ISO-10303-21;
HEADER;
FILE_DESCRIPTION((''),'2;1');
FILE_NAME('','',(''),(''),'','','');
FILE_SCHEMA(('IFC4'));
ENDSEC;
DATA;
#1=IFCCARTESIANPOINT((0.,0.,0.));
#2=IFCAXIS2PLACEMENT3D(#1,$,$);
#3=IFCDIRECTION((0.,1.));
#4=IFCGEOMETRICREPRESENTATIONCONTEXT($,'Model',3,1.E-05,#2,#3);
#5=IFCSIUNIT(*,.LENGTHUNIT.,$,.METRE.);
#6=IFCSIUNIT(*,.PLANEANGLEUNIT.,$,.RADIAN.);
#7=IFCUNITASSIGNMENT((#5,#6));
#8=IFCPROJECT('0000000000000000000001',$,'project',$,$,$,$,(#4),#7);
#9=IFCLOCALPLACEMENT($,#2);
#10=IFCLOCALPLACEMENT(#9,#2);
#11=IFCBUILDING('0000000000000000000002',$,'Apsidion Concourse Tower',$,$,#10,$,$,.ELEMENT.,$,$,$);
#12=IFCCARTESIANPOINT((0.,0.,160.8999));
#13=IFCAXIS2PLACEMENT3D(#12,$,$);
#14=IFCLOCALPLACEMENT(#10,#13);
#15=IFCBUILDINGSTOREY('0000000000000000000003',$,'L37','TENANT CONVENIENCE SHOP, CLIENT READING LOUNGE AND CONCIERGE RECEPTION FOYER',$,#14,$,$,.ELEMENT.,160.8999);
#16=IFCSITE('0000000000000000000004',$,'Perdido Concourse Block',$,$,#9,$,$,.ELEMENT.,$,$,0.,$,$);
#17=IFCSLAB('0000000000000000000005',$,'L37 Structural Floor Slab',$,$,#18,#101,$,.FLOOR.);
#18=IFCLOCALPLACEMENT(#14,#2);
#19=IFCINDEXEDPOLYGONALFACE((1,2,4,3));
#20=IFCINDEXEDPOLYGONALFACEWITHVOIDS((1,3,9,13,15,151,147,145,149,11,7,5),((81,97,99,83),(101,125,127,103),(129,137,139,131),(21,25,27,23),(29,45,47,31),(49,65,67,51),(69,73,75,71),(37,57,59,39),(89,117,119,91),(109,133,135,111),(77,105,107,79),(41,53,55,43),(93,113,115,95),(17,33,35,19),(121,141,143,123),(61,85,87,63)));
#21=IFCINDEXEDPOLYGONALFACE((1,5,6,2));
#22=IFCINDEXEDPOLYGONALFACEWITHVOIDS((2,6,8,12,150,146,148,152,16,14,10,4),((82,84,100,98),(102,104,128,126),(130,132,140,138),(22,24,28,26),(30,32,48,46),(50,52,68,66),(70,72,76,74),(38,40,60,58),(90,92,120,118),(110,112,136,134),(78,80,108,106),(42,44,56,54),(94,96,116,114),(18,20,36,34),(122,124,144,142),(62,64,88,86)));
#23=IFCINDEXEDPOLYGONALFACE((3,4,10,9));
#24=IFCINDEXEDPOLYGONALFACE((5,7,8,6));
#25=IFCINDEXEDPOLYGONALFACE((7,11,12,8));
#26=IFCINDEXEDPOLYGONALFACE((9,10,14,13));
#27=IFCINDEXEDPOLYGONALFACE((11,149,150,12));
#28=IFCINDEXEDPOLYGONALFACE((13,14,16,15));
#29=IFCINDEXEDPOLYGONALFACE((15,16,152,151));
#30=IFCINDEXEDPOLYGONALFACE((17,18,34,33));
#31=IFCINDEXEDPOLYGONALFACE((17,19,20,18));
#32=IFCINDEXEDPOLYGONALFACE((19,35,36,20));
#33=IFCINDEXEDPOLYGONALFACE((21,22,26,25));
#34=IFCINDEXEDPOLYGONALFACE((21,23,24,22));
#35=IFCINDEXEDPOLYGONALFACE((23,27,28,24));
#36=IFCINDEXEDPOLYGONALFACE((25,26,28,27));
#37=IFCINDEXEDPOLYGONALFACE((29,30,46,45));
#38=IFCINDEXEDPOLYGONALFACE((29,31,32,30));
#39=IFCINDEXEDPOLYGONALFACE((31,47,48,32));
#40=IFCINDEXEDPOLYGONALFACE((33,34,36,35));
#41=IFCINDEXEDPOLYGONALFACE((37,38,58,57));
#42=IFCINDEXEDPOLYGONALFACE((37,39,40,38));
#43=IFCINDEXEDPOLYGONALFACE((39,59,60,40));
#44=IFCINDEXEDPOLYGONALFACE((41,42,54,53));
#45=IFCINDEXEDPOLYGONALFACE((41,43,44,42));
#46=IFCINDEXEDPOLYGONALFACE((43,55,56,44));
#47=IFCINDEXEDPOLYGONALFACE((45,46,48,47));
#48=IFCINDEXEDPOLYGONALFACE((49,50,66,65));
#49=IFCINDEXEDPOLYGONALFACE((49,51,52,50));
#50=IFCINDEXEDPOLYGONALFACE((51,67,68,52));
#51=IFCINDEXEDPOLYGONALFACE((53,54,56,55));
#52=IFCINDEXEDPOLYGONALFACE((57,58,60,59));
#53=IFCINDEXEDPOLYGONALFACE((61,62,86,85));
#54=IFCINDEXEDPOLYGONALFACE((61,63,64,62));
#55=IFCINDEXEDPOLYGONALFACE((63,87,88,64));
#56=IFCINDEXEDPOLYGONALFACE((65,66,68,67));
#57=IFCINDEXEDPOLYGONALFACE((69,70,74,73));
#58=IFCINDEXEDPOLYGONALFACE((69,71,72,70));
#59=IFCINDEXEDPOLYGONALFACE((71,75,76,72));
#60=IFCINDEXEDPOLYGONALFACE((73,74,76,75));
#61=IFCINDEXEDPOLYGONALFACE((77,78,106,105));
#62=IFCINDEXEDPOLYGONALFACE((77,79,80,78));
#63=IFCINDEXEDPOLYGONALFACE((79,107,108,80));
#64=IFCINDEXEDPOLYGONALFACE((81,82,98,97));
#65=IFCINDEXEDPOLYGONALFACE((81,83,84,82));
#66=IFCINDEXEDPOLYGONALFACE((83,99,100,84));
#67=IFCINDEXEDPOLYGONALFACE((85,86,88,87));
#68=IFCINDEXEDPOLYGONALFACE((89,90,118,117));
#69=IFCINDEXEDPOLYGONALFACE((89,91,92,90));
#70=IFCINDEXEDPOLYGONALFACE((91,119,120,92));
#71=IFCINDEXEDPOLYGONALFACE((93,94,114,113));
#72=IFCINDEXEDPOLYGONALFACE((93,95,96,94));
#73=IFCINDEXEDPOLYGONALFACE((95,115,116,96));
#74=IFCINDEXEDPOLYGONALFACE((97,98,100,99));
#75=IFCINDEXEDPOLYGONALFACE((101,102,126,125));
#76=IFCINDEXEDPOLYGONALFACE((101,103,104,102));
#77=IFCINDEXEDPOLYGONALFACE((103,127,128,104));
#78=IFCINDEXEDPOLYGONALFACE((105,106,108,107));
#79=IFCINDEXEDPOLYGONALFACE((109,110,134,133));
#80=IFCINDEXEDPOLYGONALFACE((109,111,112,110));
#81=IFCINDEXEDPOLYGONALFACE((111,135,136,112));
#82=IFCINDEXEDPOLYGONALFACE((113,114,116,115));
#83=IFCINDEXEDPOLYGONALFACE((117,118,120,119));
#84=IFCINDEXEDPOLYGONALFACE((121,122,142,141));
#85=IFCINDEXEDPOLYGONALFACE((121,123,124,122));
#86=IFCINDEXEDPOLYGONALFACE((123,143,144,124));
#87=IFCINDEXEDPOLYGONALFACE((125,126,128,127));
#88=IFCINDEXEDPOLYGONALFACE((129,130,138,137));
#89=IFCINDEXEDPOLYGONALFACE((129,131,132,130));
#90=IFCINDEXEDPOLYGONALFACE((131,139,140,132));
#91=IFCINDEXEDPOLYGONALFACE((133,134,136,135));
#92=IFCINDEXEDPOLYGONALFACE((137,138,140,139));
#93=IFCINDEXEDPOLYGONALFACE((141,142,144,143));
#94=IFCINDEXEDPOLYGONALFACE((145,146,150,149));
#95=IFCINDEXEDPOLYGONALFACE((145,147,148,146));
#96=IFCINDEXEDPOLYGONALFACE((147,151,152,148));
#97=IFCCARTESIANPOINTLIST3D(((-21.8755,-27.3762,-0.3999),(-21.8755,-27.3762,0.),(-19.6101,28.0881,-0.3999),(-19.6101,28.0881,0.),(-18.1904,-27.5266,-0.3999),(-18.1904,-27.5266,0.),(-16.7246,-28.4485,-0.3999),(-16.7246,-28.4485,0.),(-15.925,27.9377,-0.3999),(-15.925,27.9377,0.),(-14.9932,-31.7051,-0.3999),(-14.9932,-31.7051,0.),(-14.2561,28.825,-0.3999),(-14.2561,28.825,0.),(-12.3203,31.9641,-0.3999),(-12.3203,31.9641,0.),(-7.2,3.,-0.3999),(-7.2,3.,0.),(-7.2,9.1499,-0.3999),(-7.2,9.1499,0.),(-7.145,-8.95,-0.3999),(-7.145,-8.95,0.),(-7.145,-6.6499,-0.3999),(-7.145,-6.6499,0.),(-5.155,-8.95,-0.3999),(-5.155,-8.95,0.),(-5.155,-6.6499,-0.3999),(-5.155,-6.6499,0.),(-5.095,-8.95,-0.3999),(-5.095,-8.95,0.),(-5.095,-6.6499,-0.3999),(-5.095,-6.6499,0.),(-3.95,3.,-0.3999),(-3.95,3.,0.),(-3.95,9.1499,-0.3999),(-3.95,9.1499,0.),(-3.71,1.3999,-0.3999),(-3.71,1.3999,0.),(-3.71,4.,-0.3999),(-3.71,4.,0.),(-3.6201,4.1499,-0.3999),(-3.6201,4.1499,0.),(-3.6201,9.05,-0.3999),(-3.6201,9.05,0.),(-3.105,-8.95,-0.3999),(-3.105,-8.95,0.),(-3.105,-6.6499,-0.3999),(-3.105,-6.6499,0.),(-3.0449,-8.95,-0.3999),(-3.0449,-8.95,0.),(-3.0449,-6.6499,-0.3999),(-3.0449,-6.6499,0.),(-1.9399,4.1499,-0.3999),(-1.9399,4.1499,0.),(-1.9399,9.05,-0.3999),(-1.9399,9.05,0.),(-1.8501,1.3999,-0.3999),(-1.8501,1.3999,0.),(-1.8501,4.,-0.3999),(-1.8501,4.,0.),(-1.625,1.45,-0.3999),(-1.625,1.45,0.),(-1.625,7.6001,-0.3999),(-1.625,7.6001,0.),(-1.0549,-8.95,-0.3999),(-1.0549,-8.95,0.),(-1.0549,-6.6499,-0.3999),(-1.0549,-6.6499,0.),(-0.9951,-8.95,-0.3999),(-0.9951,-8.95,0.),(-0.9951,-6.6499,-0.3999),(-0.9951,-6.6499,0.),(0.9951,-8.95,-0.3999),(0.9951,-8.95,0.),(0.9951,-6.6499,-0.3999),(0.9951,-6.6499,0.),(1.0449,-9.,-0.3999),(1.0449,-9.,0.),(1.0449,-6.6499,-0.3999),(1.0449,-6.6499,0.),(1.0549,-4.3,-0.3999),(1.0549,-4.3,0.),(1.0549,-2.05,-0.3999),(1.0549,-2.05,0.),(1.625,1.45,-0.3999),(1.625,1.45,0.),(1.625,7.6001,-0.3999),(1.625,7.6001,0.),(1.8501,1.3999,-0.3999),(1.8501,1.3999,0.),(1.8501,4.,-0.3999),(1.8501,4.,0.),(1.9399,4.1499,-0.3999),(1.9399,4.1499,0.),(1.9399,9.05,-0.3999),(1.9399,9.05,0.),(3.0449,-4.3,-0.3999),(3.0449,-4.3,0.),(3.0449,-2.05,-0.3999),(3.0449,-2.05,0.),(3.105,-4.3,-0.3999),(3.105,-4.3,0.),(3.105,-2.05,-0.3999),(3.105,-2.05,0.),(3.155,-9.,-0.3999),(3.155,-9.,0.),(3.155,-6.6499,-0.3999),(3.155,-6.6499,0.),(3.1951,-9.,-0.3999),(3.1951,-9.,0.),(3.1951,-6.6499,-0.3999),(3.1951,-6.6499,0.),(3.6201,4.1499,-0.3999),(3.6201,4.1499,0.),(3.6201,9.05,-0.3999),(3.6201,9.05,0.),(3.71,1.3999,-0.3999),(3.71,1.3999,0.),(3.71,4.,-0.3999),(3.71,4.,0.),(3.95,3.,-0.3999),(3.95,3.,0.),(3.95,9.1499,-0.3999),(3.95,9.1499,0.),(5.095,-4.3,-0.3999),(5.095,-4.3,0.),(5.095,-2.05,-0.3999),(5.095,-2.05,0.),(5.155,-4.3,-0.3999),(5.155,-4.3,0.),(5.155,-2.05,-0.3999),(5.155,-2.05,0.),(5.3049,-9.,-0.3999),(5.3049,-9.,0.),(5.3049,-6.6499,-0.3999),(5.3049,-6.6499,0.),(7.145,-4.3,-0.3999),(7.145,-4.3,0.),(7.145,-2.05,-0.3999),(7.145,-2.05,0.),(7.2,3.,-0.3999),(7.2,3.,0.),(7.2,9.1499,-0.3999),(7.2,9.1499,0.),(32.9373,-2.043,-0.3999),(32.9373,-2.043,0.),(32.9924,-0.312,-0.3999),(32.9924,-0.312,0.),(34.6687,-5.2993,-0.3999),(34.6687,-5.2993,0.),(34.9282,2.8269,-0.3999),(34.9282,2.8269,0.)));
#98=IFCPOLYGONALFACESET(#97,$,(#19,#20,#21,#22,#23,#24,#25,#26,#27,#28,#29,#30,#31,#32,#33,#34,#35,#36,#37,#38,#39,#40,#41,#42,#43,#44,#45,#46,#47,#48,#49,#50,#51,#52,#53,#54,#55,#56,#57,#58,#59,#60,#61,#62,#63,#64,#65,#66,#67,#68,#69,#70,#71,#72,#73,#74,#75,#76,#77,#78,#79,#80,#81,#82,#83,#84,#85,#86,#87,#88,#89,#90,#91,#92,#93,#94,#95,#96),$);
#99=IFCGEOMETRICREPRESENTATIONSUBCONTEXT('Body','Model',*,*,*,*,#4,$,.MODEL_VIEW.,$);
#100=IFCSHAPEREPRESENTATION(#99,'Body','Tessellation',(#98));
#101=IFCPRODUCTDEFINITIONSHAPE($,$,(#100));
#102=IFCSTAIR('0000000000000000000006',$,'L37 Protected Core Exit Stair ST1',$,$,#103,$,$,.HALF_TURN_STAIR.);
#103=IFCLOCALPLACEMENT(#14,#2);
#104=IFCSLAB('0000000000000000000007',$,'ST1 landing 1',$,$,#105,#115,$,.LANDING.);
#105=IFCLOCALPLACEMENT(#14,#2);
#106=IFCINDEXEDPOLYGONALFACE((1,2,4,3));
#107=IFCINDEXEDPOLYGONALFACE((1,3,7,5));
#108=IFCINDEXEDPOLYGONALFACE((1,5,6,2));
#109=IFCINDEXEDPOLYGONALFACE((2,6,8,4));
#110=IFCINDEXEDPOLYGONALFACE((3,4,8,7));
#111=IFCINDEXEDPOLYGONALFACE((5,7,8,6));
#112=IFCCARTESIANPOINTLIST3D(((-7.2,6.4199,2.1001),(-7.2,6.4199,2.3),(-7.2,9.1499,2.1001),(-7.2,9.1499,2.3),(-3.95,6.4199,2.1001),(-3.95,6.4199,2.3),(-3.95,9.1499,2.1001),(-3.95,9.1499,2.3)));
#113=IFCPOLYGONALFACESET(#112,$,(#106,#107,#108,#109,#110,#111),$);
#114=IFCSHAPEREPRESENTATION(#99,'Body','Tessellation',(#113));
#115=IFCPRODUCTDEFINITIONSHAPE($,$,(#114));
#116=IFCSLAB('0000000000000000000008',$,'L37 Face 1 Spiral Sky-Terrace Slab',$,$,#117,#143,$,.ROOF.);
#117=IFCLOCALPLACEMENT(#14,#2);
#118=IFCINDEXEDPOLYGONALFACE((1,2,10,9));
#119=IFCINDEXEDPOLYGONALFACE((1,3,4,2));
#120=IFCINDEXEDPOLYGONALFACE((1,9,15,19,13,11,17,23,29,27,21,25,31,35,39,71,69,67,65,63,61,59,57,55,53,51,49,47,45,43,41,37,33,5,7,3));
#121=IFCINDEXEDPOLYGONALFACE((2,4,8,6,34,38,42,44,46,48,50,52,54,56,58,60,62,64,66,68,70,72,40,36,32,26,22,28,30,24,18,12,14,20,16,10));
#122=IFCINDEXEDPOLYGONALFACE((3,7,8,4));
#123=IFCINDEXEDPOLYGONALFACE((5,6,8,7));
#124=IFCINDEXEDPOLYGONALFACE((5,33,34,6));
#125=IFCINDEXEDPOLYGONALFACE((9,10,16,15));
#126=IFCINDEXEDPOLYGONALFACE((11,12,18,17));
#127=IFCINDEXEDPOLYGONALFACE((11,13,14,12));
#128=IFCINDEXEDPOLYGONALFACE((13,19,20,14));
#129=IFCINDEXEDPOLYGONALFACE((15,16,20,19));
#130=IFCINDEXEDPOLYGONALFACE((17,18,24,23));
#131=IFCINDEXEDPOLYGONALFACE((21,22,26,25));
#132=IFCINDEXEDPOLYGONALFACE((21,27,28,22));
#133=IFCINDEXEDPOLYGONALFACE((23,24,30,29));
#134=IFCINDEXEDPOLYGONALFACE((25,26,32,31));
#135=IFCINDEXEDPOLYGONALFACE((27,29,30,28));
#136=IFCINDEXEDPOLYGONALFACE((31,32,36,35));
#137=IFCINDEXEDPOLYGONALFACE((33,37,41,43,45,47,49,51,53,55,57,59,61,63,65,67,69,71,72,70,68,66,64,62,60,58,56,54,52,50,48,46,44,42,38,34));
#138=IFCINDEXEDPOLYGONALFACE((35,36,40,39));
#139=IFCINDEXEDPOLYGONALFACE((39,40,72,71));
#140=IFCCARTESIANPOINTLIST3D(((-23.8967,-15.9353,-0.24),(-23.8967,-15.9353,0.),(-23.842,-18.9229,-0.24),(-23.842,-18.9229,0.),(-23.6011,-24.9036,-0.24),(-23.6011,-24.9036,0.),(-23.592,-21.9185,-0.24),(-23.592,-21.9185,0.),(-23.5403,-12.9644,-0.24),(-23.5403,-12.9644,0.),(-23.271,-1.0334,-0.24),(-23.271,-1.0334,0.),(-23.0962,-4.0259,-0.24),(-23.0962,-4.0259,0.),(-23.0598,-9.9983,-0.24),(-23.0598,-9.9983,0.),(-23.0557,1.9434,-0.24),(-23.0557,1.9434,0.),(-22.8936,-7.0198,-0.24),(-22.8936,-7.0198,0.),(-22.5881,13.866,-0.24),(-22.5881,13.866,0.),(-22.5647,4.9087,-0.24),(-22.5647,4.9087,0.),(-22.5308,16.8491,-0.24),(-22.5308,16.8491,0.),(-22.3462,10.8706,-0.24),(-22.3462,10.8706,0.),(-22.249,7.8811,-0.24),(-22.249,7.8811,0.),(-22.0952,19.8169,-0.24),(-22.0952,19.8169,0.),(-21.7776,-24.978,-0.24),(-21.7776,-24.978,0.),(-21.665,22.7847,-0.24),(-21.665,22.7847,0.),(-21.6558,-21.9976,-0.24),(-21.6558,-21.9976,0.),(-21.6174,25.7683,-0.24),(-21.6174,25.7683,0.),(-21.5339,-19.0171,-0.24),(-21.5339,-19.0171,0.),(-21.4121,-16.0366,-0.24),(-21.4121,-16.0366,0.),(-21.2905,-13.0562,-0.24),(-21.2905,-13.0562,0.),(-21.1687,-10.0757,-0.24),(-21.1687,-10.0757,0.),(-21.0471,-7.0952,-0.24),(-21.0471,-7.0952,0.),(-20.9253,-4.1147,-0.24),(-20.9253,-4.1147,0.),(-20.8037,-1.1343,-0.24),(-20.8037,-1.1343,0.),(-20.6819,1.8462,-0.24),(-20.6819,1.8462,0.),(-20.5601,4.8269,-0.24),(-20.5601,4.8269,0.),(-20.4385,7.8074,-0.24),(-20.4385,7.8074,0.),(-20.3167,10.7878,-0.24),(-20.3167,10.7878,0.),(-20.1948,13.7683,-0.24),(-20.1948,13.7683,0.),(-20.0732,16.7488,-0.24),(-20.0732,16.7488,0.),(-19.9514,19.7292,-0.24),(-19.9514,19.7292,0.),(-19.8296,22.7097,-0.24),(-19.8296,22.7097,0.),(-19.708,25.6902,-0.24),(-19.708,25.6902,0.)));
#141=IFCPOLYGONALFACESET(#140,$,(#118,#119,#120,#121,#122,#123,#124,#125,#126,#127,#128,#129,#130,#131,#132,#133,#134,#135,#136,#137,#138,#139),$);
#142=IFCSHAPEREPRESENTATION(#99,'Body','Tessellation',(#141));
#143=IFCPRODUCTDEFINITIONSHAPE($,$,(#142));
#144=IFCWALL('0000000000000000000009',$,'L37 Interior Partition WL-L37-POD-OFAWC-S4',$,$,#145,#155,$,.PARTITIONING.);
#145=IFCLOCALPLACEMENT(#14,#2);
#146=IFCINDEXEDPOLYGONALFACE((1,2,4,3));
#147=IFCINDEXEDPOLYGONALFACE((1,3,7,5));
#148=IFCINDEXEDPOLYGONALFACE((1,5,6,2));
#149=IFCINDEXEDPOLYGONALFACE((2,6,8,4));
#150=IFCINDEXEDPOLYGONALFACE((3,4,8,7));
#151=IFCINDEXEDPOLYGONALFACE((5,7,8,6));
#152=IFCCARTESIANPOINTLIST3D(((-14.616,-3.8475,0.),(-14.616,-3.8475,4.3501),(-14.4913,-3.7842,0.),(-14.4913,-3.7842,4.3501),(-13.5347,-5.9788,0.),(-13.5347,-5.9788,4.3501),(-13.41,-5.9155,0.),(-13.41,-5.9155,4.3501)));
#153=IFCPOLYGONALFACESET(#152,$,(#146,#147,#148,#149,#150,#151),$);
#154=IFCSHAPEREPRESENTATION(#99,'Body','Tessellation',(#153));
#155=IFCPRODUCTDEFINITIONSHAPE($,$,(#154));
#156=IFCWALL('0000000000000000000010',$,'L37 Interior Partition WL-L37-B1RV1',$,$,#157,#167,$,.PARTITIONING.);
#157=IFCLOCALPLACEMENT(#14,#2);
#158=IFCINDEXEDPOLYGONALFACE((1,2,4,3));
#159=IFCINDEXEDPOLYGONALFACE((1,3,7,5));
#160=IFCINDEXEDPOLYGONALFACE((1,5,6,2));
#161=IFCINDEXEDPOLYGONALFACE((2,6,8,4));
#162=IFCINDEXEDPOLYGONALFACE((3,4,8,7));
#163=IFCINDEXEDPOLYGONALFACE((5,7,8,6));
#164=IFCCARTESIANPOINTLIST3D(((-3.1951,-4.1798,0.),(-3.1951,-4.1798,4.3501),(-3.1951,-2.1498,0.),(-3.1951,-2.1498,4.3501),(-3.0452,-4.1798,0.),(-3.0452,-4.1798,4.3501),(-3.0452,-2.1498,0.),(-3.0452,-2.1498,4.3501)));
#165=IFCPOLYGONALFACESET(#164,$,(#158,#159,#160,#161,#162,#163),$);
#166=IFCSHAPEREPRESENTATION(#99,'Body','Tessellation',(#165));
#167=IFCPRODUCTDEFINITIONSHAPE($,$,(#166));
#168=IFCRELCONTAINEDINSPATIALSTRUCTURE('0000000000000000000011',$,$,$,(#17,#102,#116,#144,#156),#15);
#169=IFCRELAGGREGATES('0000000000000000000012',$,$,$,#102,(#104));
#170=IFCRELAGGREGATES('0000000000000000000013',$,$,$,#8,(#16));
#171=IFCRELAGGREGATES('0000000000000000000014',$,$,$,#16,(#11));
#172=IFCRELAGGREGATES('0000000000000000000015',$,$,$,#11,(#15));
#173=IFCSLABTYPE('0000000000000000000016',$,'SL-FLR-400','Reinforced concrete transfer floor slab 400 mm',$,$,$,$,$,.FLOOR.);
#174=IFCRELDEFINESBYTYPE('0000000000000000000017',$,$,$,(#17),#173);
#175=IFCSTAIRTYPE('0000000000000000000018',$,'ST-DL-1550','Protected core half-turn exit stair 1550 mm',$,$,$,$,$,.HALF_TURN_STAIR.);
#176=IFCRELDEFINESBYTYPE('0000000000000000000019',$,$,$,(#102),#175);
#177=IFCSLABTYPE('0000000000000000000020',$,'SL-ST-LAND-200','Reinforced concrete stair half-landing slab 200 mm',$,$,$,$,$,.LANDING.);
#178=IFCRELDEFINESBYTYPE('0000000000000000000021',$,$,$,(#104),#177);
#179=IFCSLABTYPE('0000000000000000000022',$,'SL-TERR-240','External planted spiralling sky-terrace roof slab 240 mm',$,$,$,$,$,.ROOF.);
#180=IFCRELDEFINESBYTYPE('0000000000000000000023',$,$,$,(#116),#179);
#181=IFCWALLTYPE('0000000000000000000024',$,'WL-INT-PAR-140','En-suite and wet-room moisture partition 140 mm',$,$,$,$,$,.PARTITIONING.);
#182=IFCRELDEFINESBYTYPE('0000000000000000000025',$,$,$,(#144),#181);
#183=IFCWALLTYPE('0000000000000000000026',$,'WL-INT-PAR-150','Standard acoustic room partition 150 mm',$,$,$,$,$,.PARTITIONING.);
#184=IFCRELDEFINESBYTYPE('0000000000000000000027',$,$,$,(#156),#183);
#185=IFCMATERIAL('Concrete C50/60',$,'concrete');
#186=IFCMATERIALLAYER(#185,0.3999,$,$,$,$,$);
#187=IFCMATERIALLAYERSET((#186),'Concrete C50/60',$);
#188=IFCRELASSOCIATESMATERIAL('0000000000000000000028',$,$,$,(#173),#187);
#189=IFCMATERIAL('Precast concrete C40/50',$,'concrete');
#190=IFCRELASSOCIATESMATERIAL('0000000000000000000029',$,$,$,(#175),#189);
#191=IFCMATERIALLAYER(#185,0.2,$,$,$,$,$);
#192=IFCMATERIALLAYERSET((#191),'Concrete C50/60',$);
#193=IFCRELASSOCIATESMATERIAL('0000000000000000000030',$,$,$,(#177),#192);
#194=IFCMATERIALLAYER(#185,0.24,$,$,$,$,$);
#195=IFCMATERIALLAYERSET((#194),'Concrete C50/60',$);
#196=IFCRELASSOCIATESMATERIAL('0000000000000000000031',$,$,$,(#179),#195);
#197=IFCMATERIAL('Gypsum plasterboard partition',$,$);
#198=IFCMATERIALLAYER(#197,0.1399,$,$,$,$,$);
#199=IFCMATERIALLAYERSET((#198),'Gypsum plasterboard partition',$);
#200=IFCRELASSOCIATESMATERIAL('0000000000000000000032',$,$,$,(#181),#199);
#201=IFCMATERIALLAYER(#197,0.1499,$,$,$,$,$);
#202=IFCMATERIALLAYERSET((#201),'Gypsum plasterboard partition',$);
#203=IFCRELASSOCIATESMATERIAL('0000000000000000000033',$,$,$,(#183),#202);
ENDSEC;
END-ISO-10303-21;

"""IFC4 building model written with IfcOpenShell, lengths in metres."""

from ifc_helpers import new_model, si_unit, direction, frame, frame_2d, origin, place, context, subcontext, project, spatial, polyline, rectangle, outline, extrude, material, layer, layer_set, type_object, element, aggregate, save


model = new_model("IFC4")

# Units and contexts
model_context = context("Model", 3, precision=1e-05, world=origin(), true_north=direction((0.0, 1.0)))
body_context = subcontext(model_context, "Body", "Model", "MODEL_VIEW")
ifc_project = project(units=[si_unit("LENGTHUNIT", "METRE"), si_unit("PLANEANGLEUNIT", "RADIAN")], contexts=[model_context])

# Site, building, storey
site_placement = place(None, origin())
site = spatial("IfcSite", under=ifc_project, at=site_placement, Name="Perdido Concourse Block", CompositionType="ELEMENT", RefElevation=0.0)
building_placement = place(site_placement, origin())
building = spatial("IfcBuilding", under=site, at=building_placement, Name="Apsidion Concourse Tower", CompositionType="ELEMENT")
storey_placement = place(building_placement, frame((0.0, 0.0, 160.8999)))
storey = spatial("IfcBuildingStorey", under=building, at=storey_placement, Name="L37", Description="TENANT CONVENIENCE SHOP, CLIENT READING LOUNGE AND CONCIERGE RECEPTION FOYER", CompositionType="ELEMENT", Elevation=160.8999)

# Shared definitions
ifc_material_1 = material(Name="Concrete C50/60", Category="concrete")

# Slab
ifc_layer_1 = layer(ifc_material_1, 0.3999)
ifc_layer_set_1 = layer_set([ifc_layer_1], Name="Concrete C50/60")
slab_type_1 = type_object("IfcSlabType", Name="SL-FLR-400", Description="Reinforced concrete transfer floor slab 400 mm", PredefinedType="FLOOR", material=ifc_layer_set_1)
slab_1_placement = place(storey_placement, frame((0.0, 0.0, -0.3999)))
element("IfcSlab", 1, at=slab_1_placement, inside=storey, type_object=slab_type_1, Name="L37 Structural Floor Slab", PredefinedType="FLOOR", context=body_context, shape_type="SweptSolid", body=[
    extrude(outline(polyline([(-12.3203, 31.9641), (-14.2561, 28.825), (-15.925, 27.9377), (-19.6101, 28.0881), (-21.8755, -27.3762), (-18.1904, -27.5266), (-16.7246, -28.4485), (-14.9932, -31.7051), (34.6687, -5.2993), (32.9373, -2.043), (32.9924, -0.312), (34.9282, 2.8269), (-12.3203, 31.9641)]), holes=[polyline([(-3.95, 3.0), (-3.95, 9.1499), (-7.2, 9.1499), (-7.2, 3.0), (-3.95, 3.0)]), polyline([(7.2, 3.0), (7.2, 9.1499), (3.95, 9.1499), (3.95, 3.0), (7.2, 3.0)]), polyline([(-1.625, 7.6001), (-1.625, 1.45), (1.625, 1.45), (1.625, 7.6001), (-1.625, 7.6001)]), polyline([(1.0549, -4.3), (3.0449, -4.3), (3.0449, -2.05), (1.0549, -2.05), (1.0549, -4.3)]), polyline([(3.105, -4.3), (5.095, -4.3), (5.095, -2.05), (3.105, -2.05), (3.105, -4.3)]), polyline([(5.155, -4.3), (7.145, -4.3), (7.145, -2.05), (5.155, -2.05), (5.155, -4.3)]), polyline([(-7.145, -8.95), (-5.155, -8.95), (-5.155, -6.6499), (-7.145, -6.6499), (-7.145, -8.95)]), polyline([(-5.095, -8.95), (-3.105, -8.95), (-3.105, -6.6499), (-5.095, -6.6499), (-5.095, -8.95)]), polyline([(-3.0449, -8.95), (-1.0549, -8.95), (-1.0549, -6.6499), (-3.0449, -6.6499), (-3.0449, -8.95)]), polyline([(-0.9951, -8.95), (0.9951, -8.95), (0.9951, -6.6499), (-0.9951, -6.6499), (-0.9951, -8.95)]), polyline([(1.0449, -9.0), (3.155, -9.0), (3.155, -6.6499), (1.0449, -6.6499), (1.0449, -9.0)]), polyline([(3.1951, -9.0), (5.3049, -9.0), (5.3049, -6.6499), (3.1951, -6.6499), (3.1951, -9.0)]), polyline([(-3.71, 1.3999), (-1.8501, 1.3999), (-1.8501, 4.0), (-3.71, 4.0), (-3.71, 1.3999)]), polyline([(1.8501, 1.3999), (3.71, 1.3999), (3.71, 4.0), (1.8501, 4.0), (1.8501, 1.3999)]), polyline([(-3.6201, 4.1499), (-1.9399, 4.1499), (-1.9399, 9.05), (-3.6201, 9.05), (-3.6201, 4.1499)]), polyline([(1.9399, 4.1499), (3.6201, 4.1499), (3.6201, 9.05), (1.9399, 9.05), (1.9399, 4.1499)])]), origin(), (0.0, 0.0, 1.0), 0.3999),
])

# Stair, slab
ifc_material_2 = material(Name="Precast concrete C40/50", Category="concrete")
stair_type = type_object("IfcStairType", Name="ST-DL-1550", Description="Protected core half-turn exit stair 1550 mm", PredefinedType="HALF_TURN_STAIR", material=ifc_material_2)
stair_placement = place(storey_placement, origin())
stair = element("IfcStair", 2, at=stair_placement, inside=storey, type_object=stair_type, Name="L37 Protected Core Exit Stair ST1", PredefinedType="HALF_TURN_STAIR")
ifc_layer_2 = layer(ifc_material_1, 0.2)
ifc_layer_set_2 = layer_set([ifc_layer_2], Name="Concrete C50/60")
slab_type_2 = type_object("IfcSlabType", Name="SL-ST-LAND-200", Description="Reinforced concrete stair half-landing slab 200 mm", PredefinedType="LANDING", material=ifc_layer_set_2)
slab_2_placement = place(storey_placement, frame((0.0, 0.0, 2.1001)))
slab_2 = element("IfcSlab", 3, at=slab_2_placement, type_object=slab_type_2, Name="ST1 landing 1", PredefinedType="LANDING", context=body_context, shape_type="SweptSolid", body=[
    extrude(outline(polyline([(-3.95, 6.4199), (-3.95, 9.1499), (-7.2, 9.1499), (-7.2, 6.4199), (-3.95, 6.4199)])), origin(), (0.0, 0.0, 1.0), 0.2),
])
aggregate(stair, [slab_2])

# Slab
ifc_layer_3 = layer(ifc_material_1, 0.24)
ifc_layer_set_3 = layer_set([ifc_layer_3], Name="Concrete C50/60")
slab_type_3 = type_object("IfcSlabType", Name="SL-TERR-240", Description="External planted spiralling sky-terrace roof slab 240 mm", PredefinedType="ROOF", material=ifc_layer_set_3)
slab_3_placement = place(storey_placement, frame((0.0, 0.0, -0.24)))
element("IfcSlab", 4, at=slab_3_placement, inside=storey, type_object=slab_type_3, Name="L37 Face 1 Spiral Sky-Terrace Slab", PredefinedType="ROOF", context=body_context, shape_type="SweptSolid", body=[
    extrude(outline(polyline([(-19.708, 25.6902), (-19.8296, 22.7097), (-19.9514, 19.7292), (-20.0732, 16.7488), (-20.1948, 13.7683), (-20.3167, 10.7878), (-20.4385, 7.8074), (-20.5601, 4.8269), (-20.6819, 1.8462), (-20.8037, -1.1343), (-20.9253, -4.1147), (-21.0471, -7.0952), (-21.1687, -10.0757), (-21.2905, -13.0562), (-21.4121, -16.0366), (-21.5339, -19.0171), (-21.6558, -21.9976), (-21.7776, -24.978), (-23.6011, -24.9036), (-23.592, -21.9185), (-23.842, -18.9229), (-23.8967, -15.9353), (-23.5403, -12.9644), (-23.0598, -9.9983), (-22.8936, -7.0198), (-23.0962, -4.0259), (-23.271, -1.0334), (-23.0557, 1.9434), (-22.5647, 4.9087), (-22.249, 7.8811), (-22.3462, 10.8706), (-22.5881, 13.866), (-22.5308, 16.8491), (-22.0952, 19.8169), (-21.665, 22.7847), (-21.6174, 25.7683), (-19.708, 25.6902)])), origin(), (0.0, 0.0, 1.0), 0.24),
])

# Walls
ifc_material_3 = material(Name="Gypsum plasterboard partition")
ifc_layer_4 = layer(ifc_material_3, 0.1399)
ifc_layer_set_4 = layer_set([ifc_layer_4], Name="Gypsum plasterboard partition")
wall_type_1 = type_object("IfcWallType", Name="WL-INT-PAR-140", Description="En-suite and wet-room moisture partition 140 mm", PredefinedType="PARTITIONING", material=ifc_layer_set_4)
wall_1_placement = place(storey_placement, frame((-13.4724, -5.947, 0.0), z_axis=(0.0, 0.0, 1.0), x_axis=(-0.452436, 0.891797, 0.0)))
element("IfcWall", 5, at=wall_1_placement, inside=storey, type_object=wall_type_1, Name="L37 Interior Partition WL-L37-POD-OFAWC-S4", PredefinedType="PARTITIONING", context=body_context, shape_type="SweptSolid", body=[
    extrude(rectangle(XDim=2.3899, YDim=0.1399, at=frame_2d((1.1948, 0.0))), origin(), (0.0, 0.0, 1.0), 4.3501),
])
ifc_layer_5 = layer(ifc_material_3, 0.1499)
ifc_layer_set_5 = layer_set([ifc_layer_5], Name="Gypsum plasterboard partition")
wall_type_2 = type_object("IfcWallType", Name="WL-INT-PAR-150", Description="Standard acoustic room partition 150 mm", PredefinedType="PARTITIONING", material=ifc_layer_set_5)
wall_2_placement = place(storey_placement, frame((-3.1201, -4.1799, 0.0), z_axis=(0.0, 0.0, 1.0), x_axis=(0.0, 1.0, 0.0)))
element("IfcWall", 6, at=wall_2_placement, inside=storey, type_object=wall_type_2, Name="L37 Interior Partition WL-L37-B1RV1", PredefinedType="PARTITIONING", context=body_context, shape_type="SweptSolid", body=[
    extrude(rectangle(XDim=2.03, YDim=0.1499, at=frame_2d((1.0151, 0.0))), origin(), (0.0, 0.0, 1.0), 4.3501),
])

save(model, "model.ifc")
